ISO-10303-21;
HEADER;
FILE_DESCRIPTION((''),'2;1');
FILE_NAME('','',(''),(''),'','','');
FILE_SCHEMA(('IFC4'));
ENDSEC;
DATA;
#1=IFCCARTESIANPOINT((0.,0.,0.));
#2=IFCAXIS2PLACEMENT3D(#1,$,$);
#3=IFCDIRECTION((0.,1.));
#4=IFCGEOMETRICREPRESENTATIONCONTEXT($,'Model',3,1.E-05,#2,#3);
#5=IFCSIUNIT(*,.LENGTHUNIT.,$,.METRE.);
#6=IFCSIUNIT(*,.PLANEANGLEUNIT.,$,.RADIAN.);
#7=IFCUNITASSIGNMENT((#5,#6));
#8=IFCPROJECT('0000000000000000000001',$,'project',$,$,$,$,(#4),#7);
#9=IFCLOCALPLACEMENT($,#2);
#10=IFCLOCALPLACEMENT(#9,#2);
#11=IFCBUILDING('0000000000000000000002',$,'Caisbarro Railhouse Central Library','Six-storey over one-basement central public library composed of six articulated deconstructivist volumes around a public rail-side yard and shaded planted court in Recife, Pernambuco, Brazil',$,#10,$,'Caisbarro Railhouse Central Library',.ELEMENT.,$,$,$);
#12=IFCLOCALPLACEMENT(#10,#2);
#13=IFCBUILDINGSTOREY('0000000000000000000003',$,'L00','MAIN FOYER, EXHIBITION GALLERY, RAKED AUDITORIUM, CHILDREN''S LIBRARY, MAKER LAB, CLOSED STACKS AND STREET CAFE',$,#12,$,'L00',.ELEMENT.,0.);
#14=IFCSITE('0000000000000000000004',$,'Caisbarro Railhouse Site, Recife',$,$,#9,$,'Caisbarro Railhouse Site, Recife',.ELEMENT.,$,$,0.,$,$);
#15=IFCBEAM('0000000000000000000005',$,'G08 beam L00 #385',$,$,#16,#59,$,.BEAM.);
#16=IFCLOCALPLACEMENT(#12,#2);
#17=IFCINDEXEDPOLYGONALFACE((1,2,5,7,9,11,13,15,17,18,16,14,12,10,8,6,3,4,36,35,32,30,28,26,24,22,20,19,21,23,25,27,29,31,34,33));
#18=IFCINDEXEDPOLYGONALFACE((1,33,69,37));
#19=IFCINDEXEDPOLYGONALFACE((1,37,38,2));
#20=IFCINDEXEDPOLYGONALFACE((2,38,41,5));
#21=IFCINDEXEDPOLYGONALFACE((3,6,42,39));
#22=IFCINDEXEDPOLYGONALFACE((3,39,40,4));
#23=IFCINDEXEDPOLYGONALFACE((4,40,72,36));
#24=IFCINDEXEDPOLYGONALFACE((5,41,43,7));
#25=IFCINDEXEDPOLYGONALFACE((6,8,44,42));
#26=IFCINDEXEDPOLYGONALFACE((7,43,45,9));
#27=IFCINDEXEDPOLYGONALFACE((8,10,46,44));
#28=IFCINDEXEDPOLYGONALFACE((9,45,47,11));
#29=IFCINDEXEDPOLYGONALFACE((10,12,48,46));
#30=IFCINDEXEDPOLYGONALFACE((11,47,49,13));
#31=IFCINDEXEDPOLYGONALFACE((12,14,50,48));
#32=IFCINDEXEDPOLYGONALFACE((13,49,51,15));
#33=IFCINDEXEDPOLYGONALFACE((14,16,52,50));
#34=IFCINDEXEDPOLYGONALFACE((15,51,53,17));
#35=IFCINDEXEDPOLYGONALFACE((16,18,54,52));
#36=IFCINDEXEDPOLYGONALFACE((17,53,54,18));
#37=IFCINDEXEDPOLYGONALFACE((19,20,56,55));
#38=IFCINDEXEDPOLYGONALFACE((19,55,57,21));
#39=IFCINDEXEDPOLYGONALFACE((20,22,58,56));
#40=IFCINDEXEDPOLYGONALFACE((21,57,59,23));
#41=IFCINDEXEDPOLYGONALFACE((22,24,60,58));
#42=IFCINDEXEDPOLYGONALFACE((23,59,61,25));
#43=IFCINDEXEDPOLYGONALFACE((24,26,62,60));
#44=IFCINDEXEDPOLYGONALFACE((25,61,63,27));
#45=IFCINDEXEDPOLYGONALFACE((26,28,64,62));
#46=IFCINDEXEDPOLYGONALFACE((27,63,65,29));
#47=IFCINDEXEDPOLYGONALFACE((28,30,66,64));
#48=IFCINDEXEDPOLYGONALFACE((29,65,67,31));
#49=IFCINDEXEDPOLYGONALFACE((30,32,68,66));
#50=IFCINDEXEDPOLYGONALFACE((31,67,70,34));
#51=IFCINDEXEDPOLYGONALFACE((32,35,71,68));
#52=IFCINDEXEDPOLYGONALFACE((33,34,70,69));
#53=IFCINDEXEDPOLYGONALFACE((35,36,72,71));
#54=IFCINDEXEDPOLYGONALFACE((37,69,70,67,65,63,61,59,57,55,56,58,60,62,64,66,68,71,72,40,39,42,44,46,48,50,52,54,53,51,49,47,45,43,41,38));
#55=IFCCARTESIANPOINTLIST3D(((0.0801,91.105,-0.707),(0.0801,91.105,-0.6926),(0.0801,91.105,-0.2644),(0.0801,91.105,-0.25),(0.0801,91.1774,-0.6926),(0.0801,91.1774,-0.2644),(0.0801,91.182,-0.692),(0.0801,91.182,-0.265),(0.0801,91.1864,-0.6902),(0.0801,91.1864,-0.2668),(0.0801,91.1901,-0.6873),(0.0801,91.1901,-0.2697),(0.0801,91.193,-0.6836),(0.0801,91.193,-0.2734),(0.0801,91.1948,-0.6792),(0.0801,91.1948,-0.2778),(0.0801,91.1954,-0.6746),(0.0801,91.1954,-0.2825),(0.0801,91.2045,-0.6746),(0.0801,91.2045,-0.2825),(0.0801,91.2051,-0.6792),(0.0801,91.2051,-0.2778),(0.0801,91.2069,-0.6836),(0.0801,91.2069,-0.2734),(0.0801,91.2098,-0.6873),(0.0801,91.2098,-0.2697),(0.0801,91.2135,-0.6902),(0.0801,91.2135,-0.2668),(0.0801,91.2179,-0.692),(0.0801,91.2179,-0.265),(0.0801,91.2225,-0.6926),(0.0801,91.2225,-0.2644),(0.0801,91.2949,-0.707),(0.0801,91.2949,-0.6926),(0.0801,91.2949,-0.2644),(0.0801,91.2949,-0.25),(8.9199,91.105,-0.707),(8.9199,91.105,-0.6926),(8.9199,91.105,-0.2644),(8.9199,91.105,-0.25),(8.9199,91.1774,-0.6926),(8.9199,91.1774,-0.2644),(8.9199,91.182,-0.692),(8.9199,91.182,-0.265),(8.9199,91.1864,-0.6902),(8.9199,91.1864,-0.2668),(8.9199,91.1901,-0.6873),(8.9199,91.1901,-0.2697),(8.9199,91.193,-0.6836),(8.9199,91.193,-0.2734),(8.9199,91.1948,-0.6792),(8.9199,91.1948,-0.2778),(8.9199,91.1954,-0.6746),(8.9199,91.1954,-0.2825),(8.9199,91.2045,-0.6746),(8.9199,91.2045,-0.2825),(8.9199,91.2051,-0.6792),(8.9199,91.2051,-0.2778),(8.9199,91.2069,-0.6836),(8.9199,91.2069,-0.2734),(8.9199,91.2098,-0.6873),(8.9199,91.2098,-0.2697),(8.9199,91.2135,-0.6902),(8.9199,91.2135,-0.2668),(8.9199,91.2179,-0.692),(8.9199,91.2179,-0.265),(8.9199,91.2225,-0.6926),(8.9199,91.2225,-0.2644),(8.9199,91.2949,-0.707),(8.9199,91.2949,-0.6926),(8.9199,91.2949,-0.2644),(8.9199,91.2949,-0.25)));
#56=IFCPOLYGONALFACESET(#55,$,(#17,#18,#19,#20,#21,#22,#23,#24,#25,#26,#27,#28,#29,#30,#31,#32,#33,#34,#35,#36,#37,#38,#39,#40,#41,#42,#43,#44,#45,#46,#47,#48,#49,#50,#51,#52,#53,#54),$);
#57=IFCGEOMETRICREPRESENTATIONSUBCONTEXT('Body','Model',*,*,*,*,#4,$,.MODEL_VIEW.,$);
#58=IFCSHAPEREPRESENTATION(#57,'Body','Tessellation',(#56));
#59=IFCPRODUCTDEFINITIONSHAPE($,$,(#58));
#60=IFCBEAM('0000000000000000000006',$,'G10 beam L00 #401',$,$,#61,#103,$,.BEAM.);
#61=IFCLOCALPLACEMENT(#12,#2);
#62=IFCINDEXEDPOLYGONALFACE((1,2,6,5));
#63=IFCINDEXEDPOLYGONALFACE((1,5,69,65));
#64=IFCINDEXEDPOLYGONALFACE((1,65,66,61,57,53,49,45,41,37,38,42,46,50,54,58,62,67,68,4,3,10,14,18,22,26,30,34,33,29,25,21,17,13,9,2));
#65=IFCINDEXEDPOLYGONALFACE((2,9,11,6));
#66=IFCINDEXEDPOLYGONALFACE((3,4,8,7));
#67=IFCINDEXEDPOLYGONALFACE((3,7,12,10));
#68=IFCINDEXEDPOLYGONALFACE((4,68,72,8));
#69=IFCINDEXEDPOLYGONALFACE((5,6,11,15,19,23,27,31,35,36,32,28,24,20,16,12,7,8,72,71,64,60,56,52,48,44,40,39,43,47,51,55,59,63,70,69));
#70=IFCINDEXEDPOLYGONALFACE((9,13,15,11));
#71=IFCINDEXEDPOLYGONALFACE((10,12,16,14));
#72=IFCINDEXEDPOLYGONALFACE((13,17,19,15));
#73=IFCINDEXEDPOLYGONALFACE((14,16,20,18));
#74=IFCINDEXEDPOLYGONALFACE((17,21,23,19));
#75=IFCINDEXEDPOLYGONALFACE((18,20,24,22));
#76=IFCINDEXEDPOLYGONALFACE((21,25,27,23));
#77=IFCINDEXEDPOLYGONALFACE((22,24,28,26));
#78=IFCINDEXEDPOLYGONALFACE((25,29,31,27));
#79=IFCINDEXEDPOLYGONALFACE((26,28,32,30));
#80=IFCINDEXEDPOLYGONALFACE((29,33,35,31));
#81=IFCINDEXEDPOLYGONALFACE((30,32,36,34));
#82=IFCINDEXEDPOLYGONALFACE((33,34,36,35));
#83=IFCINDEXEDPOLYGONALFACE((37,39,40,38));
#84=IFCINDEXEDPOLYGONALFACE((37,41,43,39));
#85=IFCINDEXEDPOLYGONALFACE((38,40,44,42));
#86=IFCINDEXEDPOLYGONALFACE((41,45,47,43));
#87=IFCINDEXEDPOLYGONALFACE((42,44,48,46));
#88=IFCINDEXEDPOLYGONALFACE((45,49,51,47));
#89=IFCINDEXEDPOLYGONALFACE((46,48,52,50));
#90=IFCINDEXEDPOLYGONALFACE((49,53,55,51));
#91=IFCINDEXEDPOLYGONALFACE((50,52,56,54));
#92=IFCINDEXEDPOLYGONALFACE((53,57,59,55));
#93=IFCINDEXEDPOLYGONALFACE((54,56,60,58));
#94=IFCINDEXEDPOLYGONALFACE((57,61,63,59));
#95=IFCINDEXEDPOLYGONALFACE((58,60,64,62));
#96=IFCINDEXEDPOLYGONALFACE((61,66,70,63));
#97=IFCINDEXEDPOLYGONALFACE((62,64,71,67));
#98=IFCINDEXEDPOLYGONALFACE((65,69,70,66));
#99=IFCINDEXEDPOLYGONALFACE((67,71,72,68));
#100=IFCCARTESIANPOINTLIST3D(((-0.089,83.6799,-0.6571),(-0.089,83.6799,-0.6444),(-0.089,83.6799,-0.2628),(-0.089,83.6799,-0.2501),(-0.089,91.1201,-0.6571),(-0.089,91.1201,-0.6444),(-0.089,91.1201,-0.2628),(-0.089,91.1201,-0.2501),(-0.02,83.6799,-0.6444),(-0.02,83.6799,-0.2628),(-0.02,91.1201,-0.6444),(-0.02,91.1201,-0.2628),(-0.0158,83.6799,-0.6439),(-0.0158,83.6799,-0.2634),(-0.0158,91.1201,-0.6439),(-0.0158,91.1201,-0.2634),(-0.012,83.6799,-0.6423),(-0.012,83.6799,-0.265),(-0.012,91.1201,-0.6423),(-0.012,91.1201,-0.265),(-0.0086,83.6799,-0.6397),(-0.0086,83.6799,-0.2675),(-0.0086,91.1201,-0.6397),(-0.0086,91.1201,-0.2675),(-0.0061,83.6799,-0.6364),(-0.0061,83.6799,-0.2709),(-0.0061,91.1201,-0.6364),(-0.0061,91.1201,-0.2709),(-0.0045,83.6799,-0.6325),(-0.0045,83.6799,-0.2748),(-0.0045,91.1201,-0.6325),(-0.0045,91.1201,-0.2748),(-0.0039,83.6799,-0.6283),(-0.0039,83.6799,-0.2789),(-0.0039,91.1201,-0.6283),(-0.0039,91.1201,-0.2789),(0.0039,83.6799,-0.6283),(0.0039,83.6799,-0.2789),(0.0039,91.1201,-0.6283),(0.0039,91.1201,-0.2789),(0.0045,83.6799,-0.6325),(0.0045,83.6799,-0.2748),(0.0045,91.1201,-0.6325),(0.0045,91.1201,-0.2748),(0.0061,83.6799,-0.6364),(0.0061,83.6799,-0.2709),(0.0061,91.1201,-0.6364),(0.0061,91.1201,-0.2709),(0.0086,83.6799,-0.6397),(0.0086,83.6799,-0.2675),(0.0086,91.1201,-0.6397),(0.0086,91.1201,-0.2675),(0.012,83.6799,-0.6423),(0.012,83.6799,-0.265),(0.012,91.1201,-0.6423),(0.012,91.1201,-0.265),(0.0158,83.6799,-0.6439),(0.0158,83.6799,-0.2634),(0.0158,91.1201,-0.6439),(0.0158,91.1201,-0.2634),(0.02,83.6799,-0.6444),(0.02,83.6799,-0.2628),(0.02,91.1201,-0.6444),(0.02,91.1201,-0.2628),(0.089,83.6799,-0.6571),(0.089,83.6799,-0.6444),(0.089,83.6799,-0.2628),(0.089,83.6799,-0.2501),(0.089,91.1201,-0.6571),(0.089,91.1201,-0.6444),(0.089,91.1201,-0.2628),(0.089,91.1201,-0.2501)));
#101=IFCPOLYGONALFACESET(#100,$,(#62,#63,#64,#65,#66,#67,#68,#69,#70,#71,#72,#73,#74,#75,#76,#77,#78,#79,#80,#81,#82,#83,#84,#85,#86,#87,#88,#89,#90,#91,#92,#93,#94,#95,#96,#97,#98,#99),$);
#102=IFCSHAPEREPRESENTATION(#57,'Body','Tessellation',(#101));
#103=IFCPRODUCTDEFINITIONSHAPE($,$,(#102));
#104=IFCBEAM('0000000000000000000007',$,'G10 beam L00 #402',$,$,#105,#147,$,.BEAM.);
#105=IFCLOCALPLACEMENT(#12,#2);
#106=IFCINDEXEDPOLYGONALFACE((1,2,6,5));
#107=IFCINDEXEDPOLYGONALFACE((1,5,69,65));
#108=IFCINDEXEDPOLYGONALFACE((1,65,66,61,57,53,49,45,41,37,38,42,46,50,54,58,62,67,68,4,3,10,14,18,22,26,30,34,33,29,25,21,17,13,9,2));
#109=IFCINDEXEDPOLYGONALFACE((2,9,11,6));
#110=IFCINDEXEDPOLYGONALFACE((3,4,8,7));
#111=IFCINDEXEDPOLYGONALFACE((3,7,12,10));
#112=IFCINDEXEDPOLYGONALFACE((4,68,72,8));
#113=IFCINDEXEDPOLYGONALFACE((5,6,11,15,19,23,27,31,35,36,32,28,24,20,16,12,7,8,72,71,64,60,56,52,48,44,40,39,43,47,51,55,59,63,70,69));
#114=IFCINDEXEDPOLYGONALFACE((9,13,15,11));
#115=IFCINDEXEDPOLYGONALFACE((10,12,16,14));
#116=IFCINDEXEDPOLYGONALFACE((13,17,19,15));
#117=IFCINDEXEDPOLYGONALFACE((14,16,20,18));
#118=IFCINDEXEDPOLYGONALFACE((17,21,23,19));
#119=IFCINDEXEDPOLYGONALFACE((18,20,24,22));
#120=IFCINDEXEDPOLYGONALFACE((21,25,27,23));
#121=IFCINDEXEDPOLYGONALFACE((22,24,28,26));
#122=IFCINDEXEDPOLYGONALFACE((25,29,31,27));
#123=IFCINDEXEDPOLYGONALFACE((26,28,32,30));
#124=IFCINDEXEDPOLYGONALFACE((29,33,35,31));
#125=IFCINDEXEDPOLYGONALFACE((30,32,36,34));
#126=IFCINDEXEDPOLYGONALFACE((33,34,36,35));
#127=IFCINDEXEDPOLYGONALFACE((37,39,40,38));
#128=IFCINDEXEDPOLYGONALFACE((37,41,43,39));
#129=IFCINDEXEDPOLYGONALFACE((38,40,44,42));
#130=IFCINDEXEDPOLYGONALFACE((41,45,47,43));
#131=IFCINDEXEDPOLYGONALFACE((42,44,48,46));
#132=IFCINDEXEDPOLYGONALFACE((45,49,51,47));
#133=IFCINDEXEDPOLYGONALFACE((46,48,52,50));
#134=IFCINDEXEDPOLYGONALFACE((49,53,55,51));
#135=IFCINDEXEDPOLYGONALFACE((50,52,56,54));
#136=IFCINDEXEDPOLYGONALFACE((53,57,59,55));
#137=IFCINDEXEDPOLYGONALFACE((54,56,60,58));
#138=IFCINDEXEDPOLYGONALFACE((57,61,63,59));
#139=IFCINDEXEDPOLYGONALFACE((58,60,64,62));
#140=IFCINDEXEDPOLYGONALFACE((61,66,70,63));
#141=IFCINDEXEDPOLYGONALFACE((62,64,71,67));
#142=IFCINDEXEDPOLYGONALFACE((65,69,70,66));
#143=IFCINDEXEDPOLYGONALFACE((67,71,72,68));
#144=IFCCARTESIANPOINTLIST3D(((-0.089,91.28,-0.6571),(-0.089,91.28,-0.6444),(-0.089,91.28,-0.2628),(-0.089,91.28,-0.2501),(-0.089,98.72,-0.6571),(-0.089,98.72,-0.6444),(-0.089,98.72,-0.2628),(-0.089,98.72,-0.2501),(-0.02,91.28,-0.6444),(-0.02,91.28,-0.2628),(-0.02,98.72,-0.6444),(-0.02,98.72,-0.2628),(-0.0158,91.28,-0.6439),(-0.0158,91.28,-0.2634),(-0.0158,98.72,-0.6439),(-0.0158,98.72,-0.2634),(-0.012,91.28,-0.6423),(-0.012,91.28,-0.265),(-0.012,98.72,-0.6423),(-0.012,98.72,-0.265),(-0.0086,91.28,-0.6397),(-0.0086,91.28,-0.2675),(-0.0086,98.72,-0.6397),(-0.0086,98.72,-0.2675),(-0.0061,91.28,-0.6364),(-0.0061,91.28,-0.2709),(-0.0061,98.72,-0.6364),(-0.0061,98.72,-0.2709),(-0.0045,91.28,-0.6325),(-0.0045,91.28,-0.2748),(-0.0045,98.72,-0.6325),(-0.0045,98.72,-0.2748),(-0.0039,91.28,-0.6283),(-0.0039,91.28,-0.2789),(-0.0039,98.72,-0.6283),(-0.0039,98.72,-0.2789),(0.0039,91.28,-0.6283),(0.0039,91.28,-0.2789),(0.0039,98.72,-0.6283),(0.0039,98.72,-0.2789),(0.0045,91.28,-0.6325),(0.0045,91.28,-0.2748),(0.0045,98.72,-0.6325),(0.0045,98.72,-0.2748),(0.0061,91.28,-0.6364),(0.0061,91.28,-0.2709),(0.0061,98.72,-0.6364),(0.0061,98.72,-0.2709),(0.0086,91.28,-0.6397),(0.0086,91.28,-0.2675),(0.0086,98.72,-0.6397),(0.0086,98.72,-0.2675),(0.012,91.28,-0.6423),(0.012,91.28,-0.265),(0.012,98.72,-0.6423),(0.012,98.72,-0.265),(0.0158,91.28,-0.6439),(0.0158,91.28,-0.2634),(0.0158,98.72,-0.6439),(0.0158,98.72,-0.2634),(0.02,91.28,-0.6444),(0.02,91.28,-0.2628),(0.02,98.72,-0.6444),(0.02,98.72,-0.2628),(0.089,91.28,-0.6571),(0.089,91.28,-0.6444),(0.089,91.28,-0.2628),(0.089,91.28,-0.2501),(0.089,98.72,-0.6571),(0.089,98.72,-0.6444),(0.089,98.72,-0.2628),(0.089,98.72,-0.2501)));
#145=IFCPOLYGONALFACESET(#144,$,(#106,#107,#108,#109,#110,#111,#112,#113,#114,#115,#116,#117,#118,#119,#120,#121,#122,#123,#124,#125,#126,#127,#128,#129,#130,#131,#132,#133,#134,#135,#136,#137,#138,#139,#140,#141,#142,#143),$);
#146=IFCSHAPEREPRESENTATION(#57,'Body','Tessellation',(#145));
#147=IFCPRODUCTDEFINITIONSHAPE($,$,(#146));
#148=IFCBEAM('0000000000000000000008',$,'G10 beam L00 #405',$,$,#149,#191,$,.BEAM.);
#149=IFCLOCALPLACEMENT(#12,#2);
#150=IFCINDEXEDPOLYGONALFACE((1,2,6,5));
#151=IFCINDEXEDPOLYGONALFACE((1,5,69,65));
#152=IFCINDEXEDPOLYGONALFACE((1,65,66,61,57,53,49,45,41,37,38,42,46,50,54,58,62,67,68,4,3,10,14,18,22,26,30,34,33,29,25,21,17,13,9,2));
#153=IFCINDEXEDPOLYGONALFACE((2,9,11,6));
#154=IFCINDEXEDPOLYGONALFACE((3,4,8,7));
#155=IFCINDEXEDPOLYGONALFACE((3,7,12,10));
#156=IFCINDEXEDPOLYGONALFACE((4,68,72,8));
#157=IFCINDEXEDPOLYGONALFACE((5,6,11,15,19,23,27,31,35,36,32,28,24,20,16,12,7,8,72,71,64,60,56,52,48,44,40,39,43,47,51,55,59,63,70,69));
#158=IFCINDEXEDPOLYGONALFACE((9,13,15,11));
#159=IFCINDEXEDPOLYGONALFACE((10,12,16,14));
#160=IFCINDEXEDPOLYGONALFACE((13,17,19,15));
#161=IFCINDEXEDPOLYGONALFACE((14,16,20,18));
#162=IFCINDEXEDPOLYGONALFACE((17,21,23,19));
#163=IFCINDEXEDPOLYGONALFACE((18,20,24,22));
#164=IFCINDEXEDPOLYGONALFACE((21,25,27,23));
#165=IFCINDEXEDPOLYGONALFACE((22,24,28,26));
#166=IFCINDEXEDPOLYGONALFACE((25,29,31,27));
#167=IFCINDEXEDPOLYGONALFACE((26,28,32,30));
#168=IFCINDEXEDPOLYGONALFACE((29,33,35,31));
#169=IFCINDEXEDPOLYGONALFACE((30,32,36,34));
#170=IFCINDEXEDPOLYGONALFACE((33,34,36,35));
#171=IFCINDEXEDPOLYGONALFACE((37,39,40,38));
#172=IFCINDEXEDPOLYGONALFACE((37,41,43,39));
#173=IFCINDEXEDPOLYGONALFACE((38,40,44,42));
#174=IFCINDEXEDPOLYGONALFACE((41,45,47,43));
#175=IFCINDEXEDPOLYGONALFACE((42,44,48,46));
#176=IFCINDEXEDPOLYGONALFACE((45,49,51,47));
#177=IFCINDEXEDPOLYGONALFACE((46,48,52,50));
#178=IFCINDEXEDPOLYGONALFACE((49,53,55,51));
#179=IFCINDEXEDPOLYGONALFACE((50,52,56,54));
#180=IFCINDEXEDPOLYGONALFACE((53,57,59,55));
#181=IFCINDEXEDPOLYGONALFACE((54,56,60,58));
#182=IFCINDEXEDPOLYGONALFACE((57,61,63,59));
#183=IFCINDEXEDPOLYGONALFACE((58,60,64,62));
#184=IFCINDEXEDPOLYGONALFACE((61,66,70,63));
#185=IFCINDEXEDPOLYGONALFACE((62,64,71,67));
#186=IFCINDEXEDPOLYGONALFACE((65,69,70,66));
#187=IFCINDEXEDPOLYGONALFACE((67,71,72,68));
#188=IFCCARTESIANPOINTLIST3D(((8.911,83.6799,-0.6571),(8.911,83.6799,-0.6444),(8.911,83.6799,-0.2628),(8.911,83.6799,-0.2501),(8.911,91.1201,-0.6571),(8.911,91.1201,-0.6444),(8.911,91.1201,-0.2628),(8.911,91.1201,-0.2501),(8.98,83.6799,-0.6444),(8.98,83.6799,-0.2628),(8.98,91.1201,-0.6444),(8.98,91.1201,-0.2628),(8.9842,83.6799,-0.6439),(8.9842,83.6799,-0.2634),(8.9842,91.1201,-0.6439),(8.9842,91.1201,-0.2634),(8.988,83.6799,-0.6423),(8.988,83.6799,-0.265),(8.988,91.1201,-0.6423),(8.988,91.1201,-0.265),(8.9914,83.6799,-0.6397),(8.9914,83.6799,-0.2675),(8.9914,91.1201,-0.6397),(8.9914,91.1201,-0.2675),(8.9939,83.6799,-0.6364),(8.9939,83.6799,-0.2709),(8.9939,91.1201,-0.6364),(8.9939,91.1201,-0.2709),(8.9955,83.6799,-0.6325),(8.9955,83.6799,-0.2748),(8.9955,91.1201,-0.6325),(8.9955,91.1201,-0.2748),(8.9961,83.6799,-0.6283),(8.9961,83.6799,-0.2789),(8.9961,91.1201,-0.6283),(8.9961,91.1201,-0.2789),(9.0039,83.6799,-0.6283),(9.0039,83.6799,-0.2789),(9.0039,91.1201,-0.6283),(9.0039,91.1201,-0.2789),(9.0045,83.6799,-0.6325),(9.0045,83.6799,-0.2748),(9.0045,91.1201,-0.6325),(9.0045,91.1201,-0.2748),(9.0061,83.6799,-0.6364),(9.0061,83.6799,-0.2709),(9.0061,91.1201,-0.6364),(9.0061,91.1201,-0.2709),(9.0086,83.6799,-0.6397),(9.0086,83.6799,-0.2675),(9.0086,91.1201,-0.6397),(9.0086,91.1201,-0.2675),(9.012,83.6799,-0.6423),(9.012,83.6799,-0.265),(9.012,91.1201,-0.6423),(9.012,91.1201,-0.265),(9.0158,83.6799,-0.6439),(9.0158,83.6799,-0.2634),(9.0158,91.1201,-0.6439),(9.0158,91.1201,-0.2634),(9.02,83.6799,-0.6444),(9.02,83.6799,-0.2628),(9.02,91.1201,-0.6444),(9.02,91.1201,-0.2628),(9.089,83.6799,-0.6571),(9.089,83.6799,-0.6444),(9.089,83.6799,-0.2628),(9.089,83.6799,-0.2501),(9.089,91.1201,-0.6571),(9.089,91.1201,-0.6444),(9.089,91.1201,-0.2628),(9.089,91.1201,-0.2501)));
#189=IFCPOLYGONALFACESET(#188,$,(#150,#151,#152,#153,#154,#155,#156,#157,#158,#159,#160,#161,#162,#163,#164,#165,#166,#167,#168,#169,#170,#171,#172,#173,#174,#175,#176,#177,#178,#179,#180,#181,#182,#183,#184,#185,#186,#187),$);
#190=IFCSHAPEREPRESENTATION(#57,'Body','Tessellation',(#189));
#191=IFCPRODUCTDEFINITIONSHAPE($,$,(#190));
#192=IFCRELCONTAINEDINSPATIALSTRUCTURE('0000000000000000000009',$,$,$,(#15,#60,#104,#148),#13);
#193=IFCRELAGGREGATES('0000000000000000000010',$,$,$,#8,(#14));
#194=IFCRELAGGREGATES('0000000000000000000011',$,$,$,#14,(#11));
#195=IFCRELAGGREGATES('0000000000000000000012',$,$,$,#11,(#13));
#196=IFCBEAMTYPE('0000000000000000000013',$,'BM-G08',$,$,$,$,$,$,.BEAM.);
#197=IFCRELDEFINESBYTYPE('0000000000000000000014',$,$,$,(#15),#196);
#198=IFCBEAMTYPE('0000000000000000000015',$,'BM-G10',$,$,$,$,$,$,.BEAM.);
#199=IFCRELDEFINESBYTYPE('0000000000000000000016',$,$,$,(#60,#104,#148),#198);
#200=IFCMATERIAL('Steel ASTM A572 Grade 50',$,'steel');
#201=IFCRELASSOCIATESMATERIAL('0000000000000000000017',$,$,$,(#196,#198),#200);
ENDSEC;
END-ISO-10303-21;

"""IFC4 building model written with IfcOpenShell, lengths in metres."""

from ifc_helpers import new_model, si_unit, direction, frame, origin, origin_2d, place, context, subcontext, project, spatial, i_section, extrude, material, material_profile, profile_set, type_object, element, save


model = new_model("IFC4")

# Units and contexts
model_context = context("Model", 3, precision=1e-05, world=origin(), true_north=direction((0.0, 1.0)))
body_context = subcontext(model_context, "Body", "Model", "MODEL_VIEW")
ifc_project = project(units=[si_unit("LENGTHUNIT", "METRE"), si_unit("PLANEANGLEUNIT", "RADIAN")], contexts=[model_context])

# Site, building, storey
site_placement = place(None, origin())
site = spatial("IfcSite", under=ifc_project, at=site_placement, Name="Caisbarro Railhouse Site, Recife", LongName="Caisbarro Railhouse Site, Recife", CompositionType="ELEMENT", RefElevation=0.0)
building_placement = place(site_placement, origin())
building = spatial("IfcBuilding", under=site, at=building_placement, Name="Caisbarro Railhouse Central Library", Description="Six-storey over one-basement central public library composed of six articulated deconstructivist volumes around a public rail-side yard and shaded planted court in Recife, Pernambuco, Brazil", LongName="Caisbarro Railhouse Central Library", CompositionType="ELEMENT")
storey_placement = place(building_placement, origin())
storey = spatial("IfcBuildingStorey", under=building, at=storey_placement, Name="L00", Description="MAIN FOYER, EXHIBITION GALLERY, RAKED AUDITORIUM, CHILDREN'S LIBRARY, MAKER LAB, CLOSED STACKS AND STREET CAFE", LongName="L00", CompositionType="ELEMENT", Elevation=0.0)

# Shared definitions
ifc_material_1 = material(Name="Steel ASTM A572 Grade 50", Category="steel")

# Beams
ifc_material_profile_1 = material_profile(ifc_material_1, i_section(OverallWidth=0.1899, OverallDepth=0.457, WebThickness=0.009, FlangeThickness=0.0144, FilletRadius=0.0181, at=origin_2d()), Name="W460X74.0")
ifc_profile_set_1 = profile_set([ifc_material_profile_1], Name="Steel ASTM A572 Grade 50")
beam_type_1 = type_object("IfcBeamType", Name="BM-G08", PredefinedType="BEAM", material=ifc_profile_set_1)
beam_1_placement = place(storey_placement, frame((0.0801, 91.2, -0.4785), z_axis=(1.0, 0.0, 0.0), x_axis=(0.0, 1.0, 0.0)))
element("IfcBeam", 1, at=beam_1_placement, inside=storey, type_object=beam_type_1, Name="G08 beam L00 #385", PredefinedType="BEAM", context=body_context, shape_type="SweptSolid", body=[
    extrude(i_section(OverallWidth=0.1899, OverallDepth=0.457, WebThickness=0.009, FlangeThickness=0.0144, FilletRadius=0.0181, at=origin_2d()), origin(), (0.0, 0.0, 1.0), 8.8398),
])
ifc_material_profile_2 = material_profile(ifc_material_1, i_section(OverallWidth=0.178, OverallDepth=0.407, WebThickness=0.0078, FlangeThickness=0.0127, FilletRadius=0.0161, at=origin_2d()), Name="W410X60.0")
ifc_profile_set_2 = profile_set([ifc_material_profile_2], Name="Steel ASTM A572 Grade 50")
beam_type_2 = type_object("IfcBeamType", Name="BM-G10", PredefinedType="BEAM", material=ifc_profile_set_2)
beam_2_placement = place(storey_placement, frame((0.0, 83.6799, -0.4536), z_axis=(0.0, 1.0, 0.0), x_axis=(-1.0, 0.0, 0.0)))
element("IfcBeam", 2, at=beam_2_placement, inside=storey, type_object=beam_type_2, Name="G10 beam L00 #401", PredefinedType="BEAM", context=body_context, shape_type="SweptSolid", body=[
    extrude(i_section(OverallWidth=0.178, OverallDepth=0.407, WebThickness=0.0078, FlangeThickness=0.0127, FilletRadius=0.0161, at=origin_2d()), origin(), (0.0, 0.0, 1.0), 7.4402),
])
beam_3_placement = place(storey_placement, frame((0.0, 91.28, -0.4536), z_axis=(0.0, 1.0, 0.0), x_axis=(-1.0, 0.0, 0.0)))
element("IfcBeam", 3, at=beam_3_placement, inside=storey, type_object=beam_type_2, Name="G10 beam L00 #402", PredefinedType="BEAM", context=body_context, shape_type="SweptSolid", body=[
    extrude(i_section(OverallWidth=0.178, OverallDepth=0.407, WebThickness=0.0078, FlangeThickness=0.0127, FilletRadius=0.0161, at=origin_2d()), origin(), (0.0, 0.0, 1.0), 7.4399),
])
beam_4_placement = place(storey_placement, frame((9.0, 83.6799, -0.4536), z_axis=(0.0, 1.0, 0.0), x_axis=(-1.0, 0.0, 0.0)))
element("IfcBeam", 4, at=beam_4_placement, inside=storey, type_object=beam_type_2, Name="G10 beam L00 #405", PredefinedType="BEAM", context=body_context, shape_type="SweptSolid", body=[
    extrude(i_section(OverallWidth=0.178, OverallDepth=0.407, WebThickness=0.0078, FlangeThickness=0.0127, FilletRadius=0.0161, at=origin_2d()), origin(), (0.0, 0.0, 1.0), 7.4402),
])

save(model, "model.ifc")
